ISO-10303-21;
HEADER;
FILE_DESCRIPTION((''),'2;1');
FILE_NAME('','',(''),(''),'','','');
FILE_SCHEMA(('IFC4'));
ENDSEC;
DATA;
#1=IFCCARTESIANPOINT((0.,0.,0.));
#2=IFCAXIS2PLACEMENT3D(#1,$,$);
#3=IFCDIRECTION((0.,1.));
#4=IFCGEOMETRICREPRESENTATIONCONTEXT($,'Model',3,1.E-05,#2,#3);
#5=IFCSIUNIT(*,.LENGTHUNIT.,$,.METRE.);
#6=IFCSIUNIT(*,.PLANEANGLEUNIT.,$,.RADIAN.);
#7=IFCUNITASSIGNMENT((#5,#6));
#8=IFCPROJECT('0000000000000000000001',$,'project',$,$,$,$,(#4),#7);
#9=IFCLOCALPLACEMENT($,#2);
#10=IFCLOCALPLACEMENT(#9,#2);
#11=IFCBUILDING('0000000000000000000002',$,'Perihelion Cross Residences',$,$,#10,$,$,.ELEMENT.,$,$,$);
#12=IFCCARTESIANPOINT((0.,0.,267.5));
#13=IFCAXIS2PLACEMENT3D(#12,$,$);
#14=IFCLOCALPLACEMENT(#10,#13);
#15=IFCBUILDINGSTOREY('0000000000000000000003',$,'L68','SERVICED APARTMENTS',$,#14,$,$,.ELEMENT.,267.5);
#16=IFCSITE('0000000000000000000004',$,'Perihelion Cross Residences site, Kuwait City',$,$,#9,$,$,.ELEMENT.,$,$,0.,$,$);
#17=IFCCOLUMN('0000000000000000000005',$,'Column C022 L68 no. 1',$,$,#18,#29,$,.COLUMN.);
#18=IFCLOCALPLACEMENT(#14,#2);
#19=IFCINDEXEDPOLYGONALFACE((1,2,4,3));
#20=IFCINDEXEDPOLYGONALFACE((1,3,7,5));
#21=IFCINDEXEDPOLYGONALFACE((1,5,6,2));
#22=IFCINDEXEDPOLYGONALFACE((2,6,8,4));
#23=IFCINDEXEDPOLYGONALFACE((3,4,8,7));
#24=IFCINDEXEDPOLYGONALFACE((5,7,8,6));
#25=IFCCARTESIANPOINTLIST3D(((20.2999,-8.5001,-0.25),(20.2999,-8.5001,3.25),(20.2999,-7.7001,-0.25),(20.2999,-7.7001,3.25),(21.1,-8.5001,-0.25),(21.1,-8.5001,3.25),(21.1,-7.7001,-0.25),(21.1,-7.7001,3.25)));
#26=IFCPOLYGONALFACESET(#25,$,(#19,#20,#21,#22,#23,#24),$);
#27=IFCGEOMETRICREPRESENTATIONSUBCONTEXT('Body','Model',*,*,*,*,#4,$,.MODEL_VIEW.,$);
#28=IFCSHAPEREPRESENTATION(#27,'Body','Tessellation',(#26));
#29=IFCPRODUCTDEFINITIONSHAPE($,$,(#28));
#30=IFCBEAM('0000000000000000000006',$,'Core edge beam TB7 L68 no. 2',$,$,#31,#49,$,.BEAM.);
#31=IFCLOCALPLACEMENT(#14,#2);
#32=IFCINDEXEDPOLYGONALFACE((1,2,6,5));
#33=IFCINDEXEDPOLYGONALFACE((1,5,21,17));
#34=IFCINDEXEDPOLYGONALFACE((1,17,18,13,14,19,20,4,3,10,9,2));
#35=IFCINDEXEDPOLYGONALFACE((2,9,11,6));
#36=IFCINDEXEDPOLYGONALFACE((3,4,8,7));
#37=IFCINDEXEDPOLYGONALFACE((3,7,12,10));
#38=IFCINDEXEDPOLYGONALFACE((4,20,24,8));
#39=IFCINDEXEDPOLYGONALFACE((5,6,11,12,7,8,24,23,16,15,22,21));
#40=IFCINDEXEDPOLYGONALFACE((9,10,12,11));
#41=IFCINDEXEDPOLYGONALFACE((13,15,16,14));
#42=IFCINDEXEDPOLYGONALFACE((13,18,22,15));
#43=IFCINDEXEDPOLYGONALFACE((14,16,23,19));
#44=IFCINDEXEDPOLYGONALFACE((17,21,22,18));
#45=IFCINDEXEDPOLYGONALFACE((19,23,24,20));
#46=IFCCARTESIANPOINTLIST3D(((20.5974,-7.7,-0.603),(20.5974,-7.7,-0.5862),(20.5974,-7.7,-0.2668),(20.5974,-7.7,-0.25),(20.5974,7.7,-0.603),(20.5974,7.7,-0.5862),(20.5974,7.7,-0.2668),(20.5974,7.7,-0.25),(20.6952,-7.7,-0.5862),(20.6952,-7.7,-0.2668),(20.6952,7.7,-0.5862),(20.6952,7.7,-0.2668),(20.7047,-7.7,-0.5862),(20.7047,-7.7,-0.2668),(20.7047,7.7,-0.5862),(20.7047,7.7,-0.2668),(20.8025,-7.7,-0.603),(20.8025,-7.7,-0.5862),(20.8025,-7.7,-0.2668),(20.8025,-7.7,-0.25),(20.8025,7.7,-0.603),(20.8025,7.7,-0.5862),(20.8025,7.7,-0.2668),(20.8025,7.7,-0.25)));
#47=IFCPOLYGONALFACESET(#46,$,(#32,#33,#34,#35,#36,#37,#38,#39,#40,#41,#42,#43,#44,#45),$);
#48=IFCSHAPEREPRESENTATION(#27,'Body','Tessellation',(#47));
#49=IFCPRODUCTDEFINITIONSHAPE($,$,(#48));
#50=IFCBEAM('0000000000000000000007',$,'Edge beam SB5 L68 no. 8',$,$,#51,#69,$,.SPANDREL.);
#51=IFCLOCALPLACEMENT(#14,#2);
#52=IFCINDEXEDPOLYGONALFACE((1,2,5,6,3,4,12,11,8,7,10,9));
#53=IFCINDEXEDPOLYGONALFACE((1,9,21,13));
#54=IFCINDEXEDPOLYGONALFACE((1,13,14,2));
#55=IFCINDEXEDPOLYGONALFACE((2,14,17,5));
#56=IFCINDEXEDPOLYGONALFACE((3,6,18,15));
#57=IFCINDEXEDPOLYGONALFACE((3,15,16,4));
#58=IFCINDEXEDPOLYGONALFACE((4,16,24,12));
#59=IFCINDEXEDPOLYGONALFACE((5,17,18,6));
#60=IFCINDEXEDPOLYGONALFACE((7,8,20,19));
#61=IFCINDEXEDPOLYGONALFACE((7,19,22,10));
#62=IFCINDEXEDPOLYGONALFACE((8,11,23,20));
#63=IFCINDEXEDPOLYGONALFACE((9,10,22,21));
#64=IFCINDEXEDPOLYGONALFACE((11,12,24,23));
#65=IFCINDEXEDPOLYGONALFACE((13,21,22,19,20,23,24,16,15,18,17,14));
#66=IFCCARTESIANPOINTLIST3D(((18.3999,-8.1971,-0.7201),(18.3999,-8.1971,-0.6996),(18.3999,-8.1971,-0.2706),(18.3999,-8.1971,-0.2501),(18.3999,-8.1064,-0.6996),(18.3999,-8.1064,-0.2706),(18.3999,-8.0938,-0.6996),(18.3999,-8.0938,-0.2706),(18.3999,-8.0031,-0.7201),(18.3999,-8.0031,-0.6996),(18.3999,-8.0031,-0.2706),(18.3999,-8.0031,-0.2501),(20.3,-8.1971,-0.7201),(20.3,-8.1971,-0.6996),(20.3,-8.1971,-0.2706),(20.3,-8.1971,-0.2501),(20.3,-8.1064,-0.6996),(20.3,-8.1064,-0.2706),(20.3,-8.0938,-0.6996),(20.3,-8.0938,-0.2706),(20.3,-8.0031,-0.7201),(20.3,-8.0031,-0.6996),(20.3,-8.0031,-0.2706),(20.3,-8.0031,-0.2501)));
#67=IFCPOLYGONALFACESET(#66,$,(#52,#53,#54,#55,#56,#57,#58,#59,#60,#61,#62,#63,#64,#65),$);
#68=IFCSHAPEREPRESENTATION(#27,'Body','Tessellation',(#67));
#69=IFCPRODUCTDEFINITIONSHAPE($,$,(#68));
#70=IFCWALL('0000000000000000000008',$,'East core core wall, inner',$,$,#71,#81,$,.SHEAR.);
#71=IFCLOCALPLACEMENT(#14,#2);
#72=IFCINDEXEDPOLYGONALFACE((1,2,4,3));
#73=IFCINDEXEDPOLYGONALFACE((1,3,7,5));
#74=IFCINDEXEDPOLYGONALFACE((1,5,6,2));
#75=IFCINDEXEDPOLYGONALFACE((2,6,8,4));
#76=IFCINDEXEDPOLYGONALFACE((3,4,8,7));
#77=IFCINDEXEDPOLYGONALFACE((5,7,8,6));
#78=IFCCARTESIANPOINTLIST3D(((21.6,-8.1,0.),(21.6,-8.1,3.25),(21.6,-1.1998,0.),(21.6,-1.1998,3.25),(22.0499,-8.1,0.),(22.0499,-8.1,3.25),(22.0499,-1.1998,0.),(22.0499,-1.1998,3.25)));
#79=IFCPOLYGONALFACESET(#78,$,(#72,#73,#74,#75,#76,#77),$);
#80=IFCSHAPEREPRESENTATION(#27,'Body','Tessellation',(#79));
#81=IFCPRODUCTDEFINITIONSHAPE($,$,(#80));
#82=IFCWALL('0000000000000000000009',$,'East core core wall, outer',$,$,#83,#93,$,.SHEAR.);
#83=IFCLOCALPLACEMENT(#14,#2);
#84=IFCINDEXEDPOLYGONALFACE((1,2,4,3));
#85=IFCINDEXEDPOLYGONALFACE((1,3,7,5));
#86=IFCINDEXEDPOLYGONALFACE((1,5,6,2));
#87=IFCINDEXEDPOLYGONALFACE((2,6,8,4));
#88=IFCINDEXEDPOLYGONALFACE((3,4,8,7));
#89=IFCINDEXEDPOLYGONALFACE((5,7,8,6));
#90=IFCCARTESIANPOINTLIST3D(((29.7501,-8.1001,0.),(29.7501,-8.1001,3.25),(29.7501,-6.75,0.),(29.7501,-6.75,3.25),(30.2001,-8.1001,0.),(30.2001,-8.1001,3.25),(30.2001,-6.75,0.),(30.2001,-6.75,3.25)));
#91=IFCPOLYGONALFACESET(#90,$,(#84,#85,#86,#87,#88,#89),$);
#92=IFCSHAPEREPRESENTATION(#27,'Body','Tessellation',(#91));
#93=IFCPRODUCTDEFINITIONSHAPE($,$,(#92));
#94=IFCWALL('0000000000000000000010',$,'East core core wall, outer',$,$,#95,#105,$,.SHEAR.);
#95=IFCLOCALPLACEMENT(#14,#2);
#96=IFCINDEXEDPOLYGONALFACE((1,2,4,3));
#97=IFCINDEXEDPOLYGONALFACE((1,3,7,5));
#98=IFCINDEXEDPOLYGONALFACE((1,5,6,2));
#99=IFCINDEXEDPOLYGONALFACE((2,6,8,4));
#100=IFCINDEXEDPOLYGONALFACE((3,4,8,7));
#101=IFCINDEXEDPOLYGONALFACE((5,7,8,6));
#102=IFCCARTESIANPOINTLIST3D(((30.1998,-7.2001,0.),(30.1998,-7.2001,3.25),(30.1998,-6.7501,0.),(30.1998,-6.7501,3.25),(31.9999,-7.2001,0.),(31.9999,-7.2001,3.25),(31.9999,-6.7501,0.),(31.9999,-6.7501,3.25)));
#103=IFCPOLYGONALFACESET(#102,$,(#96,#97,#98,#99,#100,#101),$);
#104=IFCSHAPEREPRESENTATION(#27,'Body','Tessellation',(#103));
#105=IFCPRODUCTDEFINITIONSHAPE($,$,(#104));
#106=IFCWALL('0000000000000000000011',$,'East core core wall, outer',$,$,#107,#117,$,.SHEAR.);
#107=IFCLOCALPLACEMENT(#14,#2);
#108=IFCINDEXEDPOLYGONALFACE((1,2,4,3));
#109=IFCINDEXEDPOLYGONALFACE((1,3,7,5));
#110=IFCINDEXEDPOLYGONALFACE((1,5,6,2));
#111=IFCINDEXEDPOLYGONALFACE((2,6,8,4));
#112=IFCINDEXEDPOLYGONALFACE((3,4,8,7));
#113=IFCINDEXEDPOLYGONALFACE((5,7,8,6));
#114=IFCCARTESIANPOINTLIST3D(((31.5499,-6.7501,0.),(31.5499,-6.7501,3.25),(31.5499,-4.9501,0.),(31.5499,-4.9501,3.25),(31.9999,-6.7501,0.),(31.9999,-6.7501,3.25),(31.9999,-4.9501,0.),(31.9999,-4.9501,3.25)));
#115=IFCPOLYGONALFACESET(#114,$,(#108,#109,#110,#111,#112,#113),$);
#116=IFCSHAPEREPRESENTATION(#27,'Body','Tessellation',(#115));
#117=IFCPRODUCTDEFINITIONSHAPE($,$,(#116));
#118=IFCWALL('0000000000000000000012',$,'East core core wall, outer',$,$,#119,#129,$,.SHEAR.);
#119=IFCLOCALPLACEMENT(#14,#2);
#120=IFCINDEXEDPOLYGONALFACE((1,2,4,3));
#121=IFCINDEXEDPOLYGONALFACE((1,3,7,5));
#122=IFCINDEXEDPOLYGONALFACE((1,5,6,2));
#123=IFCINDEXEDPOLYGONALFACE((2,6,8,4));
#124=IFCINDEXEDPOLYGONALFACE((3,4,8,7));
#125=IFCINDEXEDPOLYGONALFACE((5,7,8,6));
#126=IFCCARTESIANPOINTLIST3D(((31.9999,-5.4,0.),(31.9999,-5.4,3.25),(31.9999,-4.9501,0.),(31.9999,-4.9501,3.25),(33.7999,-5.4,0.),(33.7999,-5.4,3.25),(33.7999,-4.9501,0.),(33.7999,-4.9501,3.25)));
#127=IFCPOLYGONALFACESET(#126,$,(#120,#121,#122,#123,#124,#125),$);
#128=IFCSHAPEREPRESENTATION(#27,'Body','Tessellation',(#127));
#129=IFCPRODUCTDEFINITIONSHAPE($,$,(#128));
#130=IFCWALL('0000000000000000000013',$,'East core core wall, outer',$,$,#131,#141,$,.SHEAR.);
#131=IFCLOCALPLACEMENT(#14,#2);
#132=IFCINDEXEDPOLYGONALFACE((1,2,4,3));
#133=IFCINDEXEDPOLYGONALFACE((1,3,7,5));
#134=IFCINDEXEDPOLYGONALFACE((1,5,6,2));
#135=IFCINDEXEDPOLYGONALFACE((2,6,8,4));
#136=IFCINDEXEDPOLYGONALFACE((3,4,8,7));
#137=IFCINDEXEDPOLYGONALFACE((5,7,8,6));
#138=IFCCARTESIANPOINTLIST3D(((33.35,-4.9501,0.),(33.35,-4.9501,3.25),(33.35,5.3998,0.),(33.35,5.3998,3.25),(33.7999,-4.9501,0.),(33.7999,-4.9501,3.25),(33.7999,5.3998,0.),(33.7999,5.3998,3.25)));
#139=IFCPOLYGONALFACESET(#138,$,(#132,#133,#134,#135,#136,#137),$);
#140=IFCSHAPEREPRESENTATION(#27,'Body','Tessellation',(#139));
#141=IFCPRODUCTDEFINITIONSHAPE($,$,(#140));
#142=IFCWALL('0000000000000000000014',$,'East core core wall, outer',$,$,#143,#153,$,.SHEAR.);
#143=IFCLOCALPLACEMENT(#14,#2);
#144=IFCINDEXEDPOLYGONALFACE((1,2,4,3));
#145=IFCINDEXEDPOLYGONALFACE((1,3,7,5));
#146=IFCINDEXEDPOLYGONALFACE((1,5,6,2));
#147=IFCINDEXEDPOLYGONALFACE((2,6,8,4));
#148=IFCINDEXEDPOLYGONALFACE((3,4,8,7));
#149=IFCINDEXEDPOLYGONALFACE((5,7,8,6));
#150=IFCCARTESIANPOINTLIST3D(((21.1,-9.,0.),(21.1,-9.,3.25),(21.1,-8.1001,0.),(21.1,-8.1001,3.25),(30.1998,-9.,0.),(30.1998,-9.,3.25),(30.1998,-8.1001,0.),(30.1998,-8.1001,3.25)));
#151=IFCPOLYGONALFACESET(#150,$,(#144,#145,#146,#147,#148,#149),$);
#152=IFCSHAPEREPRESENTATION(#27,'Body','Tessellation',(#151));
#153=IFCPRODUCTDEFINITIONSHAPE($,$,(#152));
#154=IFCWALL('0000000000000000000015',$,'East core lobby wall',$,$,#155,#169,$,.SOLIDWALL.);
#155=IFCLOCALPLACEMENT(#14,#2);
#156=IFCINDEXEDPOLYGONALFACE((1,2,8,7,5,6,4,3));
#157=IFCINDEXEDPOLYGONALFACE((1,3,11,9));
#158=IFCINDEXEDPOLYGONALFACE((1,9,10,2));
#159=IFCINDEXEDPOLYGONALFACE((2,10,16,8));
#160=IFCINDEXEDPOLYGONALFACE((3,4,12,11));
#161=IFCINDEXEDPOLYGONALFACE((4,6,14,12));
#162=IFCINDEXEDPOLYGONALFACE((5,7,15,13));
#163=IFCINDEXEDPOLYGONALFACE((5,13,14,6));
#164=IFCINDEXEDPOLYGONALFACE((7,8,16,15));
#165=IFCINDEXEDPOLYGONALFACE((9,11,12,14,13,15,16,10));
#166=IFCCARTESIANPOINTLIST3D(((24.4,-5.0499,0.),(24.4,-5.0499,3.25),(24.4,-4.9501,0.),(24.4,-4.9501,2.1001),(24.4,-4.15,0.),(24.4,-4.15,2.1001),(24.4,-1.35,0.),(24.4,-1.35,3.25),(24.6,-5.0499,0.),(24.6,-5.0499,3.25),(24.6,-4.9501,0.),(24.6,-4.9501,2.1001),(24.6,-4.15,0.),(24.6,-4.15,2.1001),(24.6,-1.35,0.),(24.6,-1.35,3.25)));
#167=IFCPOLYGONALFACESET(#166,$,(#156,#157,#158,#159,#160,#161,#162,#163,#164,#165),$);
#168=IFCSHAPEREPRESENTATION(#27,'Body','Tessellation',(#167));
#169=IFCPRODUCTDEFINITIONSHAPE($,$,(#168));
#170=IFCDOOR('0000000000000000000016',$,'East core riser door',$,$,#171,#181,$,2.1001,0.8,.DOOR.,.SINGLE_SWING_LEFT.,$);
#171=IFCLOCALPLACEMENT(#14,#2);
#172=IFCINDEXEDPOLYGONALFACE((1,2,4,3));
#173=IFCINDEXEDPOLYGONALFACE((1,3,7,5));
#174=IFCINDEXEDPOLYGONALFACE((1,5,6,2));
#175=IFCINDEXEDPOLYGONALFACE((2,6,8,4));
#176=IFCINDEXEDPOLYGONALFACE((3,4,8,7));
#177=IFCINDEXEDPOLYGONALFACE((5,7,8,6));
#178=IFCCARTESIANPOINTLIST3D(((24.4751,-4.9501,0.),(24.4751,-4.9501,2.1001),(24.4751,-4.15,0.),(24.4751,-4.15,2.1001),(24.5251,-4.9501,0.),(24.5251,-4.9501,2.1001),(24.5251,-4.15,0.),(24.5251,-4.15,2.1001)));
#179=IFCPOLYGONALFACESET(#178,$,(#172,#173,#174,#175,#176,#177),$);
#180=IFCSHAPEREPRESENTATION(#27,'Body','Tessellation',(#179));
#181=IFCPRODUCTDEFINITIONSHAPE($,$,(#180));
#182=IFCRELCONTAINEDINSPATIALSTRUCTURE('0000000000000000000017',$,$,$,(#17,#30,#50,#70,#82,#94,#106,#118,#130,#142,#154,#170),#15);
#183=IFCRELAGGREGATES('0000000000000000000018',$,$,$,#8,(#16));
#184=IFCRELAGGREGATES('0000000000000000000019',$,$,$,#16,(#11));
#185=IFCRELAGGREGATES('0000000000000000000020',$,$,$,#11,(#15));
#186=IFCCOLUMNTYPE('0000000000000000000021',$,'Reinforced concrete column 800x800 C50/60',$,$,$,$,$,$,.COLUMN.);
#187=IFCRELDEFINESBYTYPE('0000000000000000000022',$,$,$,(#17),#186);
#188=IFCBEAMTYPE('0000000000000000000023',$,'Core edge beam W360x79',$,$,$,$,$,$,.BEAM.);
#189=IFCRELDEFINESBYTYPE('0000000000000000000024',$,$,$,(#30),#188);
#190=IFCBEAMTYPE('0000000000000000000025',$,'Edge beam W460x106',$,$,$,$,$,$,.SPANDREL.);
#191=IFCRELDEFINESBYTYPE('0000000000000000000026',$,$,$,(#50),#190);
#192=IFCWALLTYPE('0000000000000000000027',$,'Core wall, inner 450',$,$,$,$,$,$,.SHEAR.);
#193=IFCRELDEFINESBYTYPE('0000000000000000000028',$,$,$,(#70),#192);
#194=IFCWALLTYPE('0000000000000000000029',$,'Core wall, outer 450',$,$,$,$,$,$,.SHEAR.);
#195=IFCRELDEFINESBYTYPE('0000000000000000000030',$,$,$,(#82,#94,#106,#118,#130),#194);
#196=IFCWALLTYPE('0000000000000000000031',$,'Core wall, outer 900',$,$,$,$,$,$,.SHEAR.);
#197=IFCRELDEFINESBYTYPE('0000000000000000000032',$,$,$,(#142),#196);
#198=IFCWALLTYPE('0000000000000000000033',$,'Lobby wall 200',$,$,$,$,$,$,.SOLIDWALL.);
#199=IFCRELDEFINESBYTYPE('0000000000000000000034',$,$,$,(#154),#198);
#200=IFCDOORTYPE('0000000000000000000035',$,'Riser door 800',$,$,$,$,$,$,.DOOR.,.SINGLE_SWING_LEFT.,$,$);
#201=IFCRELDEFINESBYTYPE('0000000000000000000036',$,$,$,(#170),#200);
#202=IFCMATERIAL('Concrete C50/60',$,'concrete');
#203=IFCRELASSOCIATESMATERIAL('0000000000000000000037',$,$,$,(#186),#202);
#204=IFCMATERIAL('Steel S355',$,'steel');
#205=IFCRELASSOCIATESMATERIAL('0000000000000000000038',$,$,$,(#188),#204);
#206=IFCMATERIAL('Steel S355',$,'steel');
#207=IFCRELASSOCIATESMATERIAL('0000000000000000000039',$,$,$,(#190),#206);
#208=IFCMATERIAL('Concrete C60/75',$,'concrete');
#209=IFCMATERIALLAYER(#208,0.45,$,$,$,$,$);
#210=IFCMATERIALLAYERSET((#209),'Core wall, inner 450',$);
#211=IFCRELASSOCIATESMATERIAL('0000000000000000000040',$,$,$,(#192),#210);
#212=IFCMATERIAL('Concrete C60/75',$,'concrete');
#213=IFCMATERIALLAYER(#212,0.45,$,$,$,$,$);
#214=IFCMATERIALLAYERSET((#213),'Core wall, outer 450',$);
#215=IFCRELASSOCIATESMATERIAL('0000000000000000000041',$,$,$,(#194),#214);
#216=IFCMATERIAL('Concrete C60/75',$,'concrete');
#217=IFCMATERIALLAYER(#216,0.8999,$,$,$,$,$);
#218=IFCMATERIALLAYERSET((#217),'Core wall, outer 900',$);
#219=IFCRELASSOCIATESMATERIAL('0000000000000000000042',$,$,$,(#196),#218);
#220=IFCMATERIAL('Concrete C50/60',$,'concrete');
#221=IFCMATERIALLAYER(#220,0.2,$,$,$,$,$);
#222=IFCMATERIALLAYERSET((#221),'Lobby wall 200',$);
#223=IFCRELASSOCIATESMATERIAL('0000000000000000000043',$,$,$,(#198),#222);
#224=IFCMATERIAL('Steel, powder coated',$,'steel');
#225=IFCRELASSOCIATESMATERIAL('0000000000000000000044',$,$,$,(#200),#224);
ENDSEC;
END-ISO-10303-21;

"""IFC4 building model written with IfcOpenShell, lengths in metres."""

from ifc_helpers import new_model, si_unit, direction, frame, frame_2d, origin, origin_2d, place, context, subcontext, project, spatial, rectangle, i_section, extrude, material, layer, layer_set, material_profile, profile_set, type_object, element, fill, save


model = new_model("IFC4")

# Units and contexts
model_context = context("Model", 3, precision=1e-05, world=origin(), true_north=direction((0.0, 1.0)))
body_context = subcontext(model_context, "Body", "Model", "MODEL_VIEW")
ifc_project = project(units=[si_unit("LENGTHUNIT", "METRE"), si_unit("PLANEANGLEUNIT", "RADIAN")], contexts=[model_context])

# Site, building, storey
site_placement = place(None, origin())
site = spatial("IfcSite", under=ifc_project, at=site_placement, Name="Perihelion Cross Residences site, Kuwait City", CompositionType="ELEMENT", RefElevation=0.0)
building_placement = place(site_placement, origin())
building = spatial("IfcBuilding", under=site, at=building_placement, Name="Perihelion Cross Residences", CompositionType="ELEMENT")
storey_placement = place(building_placement, frame((0.0, 0.0, 267.5)))
storey = spatial("IfcBuildingStorey", under=building, at=storey_placement, Name="L68", Description="SERVICED APARTMENTS", CompositionType="ELEMENT", Elevation=267.5)

# Column
ifc_material_1 = material(Name="Concrete C50/60", Category="concrete")
ifc_material_profile_1 = material_profile(ifc_material_1, rectangle(XDim=0.8, YDim=0.8, at=origin_2d()), Name="RC 800x800")
ifc_profile_set_1 = profile_set([ifc_material_profile_1], Name="Concrete C50/60")
column_type = type_object("IfcColumnType", Name="Reinforced concrete column 800x800 C50/60", PredefinedType="COLUMN", material=ifc_profile_set_1)
column_placement = place(storey_placement, frame((20.7, -8.1001, -0.25), z_axis=(0.0, 0.0, 1.0), x_axis=(1.0, 0.0, 0.0)))
element("IfcColumn", 1, at=column_placement, inside=storey, type_object=column_type, Name="Column C022 L68 no. 1", PredefinedType="COLUMN", context=body_context, shape_type="SweptSolid", body=[
    extrude(rectangle(XDim=0.8, YDim=0.8, at=origin_2d()), origin(), (0.0, 0.0, 1.0), 3.5),
])

# Beams
ifc_material_2 = material(Name="Steel S355", Category="steel")
ifc_material_profile_2 = material_profile(ifc_material_2, i_section(OverallWidth=0.2051, OverallDepth=0.353, WebThickness=0.0095, FlangeThickness=0.0168, at=origin_2d()), Name="W360x79")
ifc_profile_set_2 = profile_set([ifc_material_profile_2], Name="Steel S355")
beam_type_1 = type_object("IfcBeamType", Name="Core edge beam W360x79", PredefinedType="BEAM", material=ifc_profile_set_2)
beam_1_placement = place(storey_placement, frame((20.7, -7.7, -0.4265), z_axis=(0.0, 1.0, 0.0), x_axis=(-1.0, 0.0, 0.0)))
element("IfcBeam", 2, at=beam_1_placement, inside=storey, type_object=beam_type_1, Name="Core edge beam TB7 L68 no. 2", PredefinedType="BEAM", context=body_context, shape_type="SweptSolid", body=[
    extrude(i_section(OverallWidth=0.2051, OverallDepth=0.353, WebThickness=0.0095, FlangeThickness=0.0168, at=origin_2d()), origin(), (0.0, 0.0, 1.0), 15.3999),
])
ifc_material_3 = material(Name="Steel S355", Category="steel")
ifc_material_profile_3 = material_profile(ifc_material_3, i_section(OverallWidth=0.1941, OverallDepth=0.47, WebThickness=0.0127, FlangeThickness=0.0205, at=origin_2d()), Name="W460x106")
ifc_profile_set_3 = profile_set([ifc_material_profile_3], Name="Steel S355")
beam_type_2 = type_object("IfcBeamType", Name="Edge beam W460x106", PredefinedType="SPANDREL", material=ifc_profile_set_3)
beam_2_placement = place(storey_placement, frame((18.3999, -8.1001, -0.4851), z_axis=(1.0, 0.0, 0.0), x_axis=(0.0, 1.0, 0.0)))
element("IfcBeam", 3, at=beam_2_placement, inside=storey, type_object=beam_type_2, Name="Edge beam SB5 L68 no. 8", PredefinedType="SPANDREL", context=body_context, shape_type="SweptSolid", body=[
    extrude(i_section(OverallWidth=0.1941, OverallDepth=0.47, WebThickness=0.0127, FlangeThickness=0.0205, at=origin_2d()), origin(), (0.0, 0.0, 1.0), 1.9001),
])

# Walls
ifc_material_4 = material(Name="Concrete C60/75", Category="concrete")
ifc_layer_1 = layer(ifc_material_4, 0.45)
ifc_layer_set_1 = layer_set([ifc_layer_1], Name="Core wall, inner 450")
wall_type_1 = type_object("IfcWallType", Name="Core wall, inner 450", PredefinedType="SHEAR", material=ifc_layer_set_1)
wall_1_placement = place(storey_placement, frame((21.825, -8.1001, 0.0), z_axis=(0.0, 0.0, 1.0), x_axis=(0.0, 1.0, 0.0)))
element("IfcWall", 4, at=wall_1_placement, inside=storey, type_object=wall_type_1, Name="East core core wall, inner", PredefinedType="SHEAR", context=body_context, shape_type="SweptSolid", body=[
    extrude(rectangle(XDim=6.9001, YDim=0.45, at=frame_2d((3.4502, 0.0))), origin(), (0.0, 0.0, 1.0), 3.25),
])
ifc_material_5 = material(Name="Concrete C60/75", Category="concrete")
ifc_layer_2 = layer(ifc_material_5, 0.45)
ifc_layer_set_2 = layer_set([ifc_layer_2], Name="Core wall, outer 450")
wall_type_2 = type_object("IfcWallType", Name="Core wall, outer 450", PredefinedType="SHEAR", material=ifc_layer_set_2)
wall_2_placement = place(storey_placement, frame((29.9751, -8.1001, 0.0), z_axis=(0.0, 0.0, 1.0), x_axis=(0.0, 1.0, 0.0)))
element("IfcWall", 5, at=wall_2_placement, inside=storey, type_object=wall_type_2, Name="East core core wall, outer", PredefinedType="SHEAR", context=body_context, shape_type="SweptSolid", body=[
    extrude(rectangle(XDim=1.3501, YDim=0.45, at=frame_2d((0.675, 0.0))), origin(), (0.0, 0.0, 1.0), 3.25),
])
for number, where, z_axis, x_axis, name in (
    (6, (30.2, -6.9751, 0.0), (0.0, 0.0, 1.0), (1.0, 0.0, 0.0), "East core core wall, outer"),
    (7, (31.7749, -6.75, 0.0), (0.0, 0.0, 1.0), (0.0, 1.0, 0.0), "East core core wall, outer"),
    (8, (32.0, -5.175, 0.0), (0.0, 0.0, 1.0), (1.0, 0.0, 0.0), "East core core wall, outer"),
):
    element("IfcWall", number, at=place(storey_placement, frame(where, z_axis=z_axis, x_axis=x_axis)), inside=storey, type_object=wall_type_2, Name=name, PredefinedType="SHEAR", context=body_context, shape_type="SweptSolid", body=[
        extrude(rectangle(XDim=1.8, YDim=0.45, at=frame_2d((0.8999, 0.0))), origin(), (0.0, 0.0, 1.0), 3.25),
    ])
wall_3_placement = place(storey_placement, frame((33.575, -4.95, 0.0), z_axis=(0.0, 0.0, 1.0), x_axis=(0.0, 1.0, 0.0)))
element("IfcWall", 9, at=wall_3_placement, inside=storey, type_object=wall_type_2, Name="East core core wall, outer", PredefinedType="SHEAR", context=body_context, shape_type="SweptSolid", body=[
    extrude(rectangle(XDim=10.3499, YDim=0.45, at=frame_2d((5.1748, 0.0))), origin(), (0.0, 0.0, 1.0), 3.25),
])
ifc_material_6 = material(Name="Concrete C60/75", Category="concrete")
ifc_layer_3 = layer(ifc_material_6, 0.8999)
ifc_layer_set_3 = layer_set([ifc_layer_3], Name="Core wall, outer 900")
wall_type_3 = type_object("IfcWallType", Name="Core wall, outer 900", PredefinedType="SHEAR", material=ifc_layer_set_3)
wall_4_placement = place(storey_placement, frame((21.1001, -8.55, 0.0), z_axis=(0.0, 0.0, 1.0), x_axis=(1.0, 0.0, 0.0)))
element("IfcWall", 10, at=wall_4_placement, inside=storey, type_object=wall_type_3, Name="East core core wall, outer", PredefinedType="SHEAR", context=body_context, shape_type="SweptSolid", body=[
    extrude(rectangle(XDim=9.0999, YDim=0.8999, at=frame_2d((4.5498, 0.0))), origin(), (0.0, 0.0, 1.0), 3.25),
])

# Wall, opening, door
ifc_material_7 = material(Name="Concrete C50/60", Category="concrete")
ifc_layer_4 = layer(ifc_material_7, 0.2)
ifc_layer_set_4 = layer_set([ifc_layer_4], Name="Lobby wall 200")
wall_type_4 = type_object("IfcWallType", Name="Lobby wall 200", PredefinedType="SOLIDWALL", material=ifc_layer_set_4)
wall_5_placement = place(storey_placement, frame((24.5, -5.05, 0.0), z_axis=(0.0, 0.0, 1.0), x_axis=(0.0, 1.0, 0.0)))
wall_5 = element("IfcWall", 11, at=wall_5_placement, inside=storey, type_object=wall_type_4, Name="East core lobby wall", PredefinedType="SOLIDWALL", context=body_context, shape_type="SweptSolid", body=[
    extrude(rectangle(XDim=3.7, YDim=0.2, at=frame_2d((1.8501, 0.0))), origin(), (0.0, 0.0, 1.0), 3.25),
])
opening_1_placement = place(wall_5_placement, frame((0.1001, 0.0, 0.0)))
opening_1 = element("IfcOpeningElement", 12, at=opening_1_placement, cuts=wall_5, PredefinedType="OPENING", context=body_context, shape_type="SweptSolid", body=[
    extrude(rectangle(XDim=0.8, YDim=2.1001, at=frame_2d((0.3999, 1.05))), frame((0.0, 0.1099, 0.0), z_axis=(0.0, -1.0, 0.0), x_axis=(1.0, 0.0, 0.0)), (0.0, 0.0, 1.0), 0.22),
])
ifc_material_8 = material(Name="Steel, powder coated", Category="steel")
door_type_1 = type_object("IfcDoorType", Name="Riser door 800", OperationType="SINGLE_SWING_LEFT", PredefinedType="DOOR", material=ifc_material_8)
door_1_placement = place(opening_1_placement, origin())
door_1 = element("IfcDoor", 13, at=door_1_placement, inside=storey, type_object=door_type_1, Name="East core riser door", OperationType="SINGLE_SWING_LEFT", OverallHeight=2.1001, OverallWidth=0.8, PredefinedType="DOOR", context=body_context, shape_type="SweptSolid", body=[
    extrude(rectangle(XDim=0.8, YDim=2.1001, at=frame_2d((0.3999, 1.05))), frame((0.0, 0.0249, 0.0), z_axis=(0.0, -1.0, 0.0), x_axis=(1.0, 0.0, 0.0)), (0.0, 0.0, 1.0), 0.05),
])
fill(opening_1, door_1)

save(model, "model.ifc")
